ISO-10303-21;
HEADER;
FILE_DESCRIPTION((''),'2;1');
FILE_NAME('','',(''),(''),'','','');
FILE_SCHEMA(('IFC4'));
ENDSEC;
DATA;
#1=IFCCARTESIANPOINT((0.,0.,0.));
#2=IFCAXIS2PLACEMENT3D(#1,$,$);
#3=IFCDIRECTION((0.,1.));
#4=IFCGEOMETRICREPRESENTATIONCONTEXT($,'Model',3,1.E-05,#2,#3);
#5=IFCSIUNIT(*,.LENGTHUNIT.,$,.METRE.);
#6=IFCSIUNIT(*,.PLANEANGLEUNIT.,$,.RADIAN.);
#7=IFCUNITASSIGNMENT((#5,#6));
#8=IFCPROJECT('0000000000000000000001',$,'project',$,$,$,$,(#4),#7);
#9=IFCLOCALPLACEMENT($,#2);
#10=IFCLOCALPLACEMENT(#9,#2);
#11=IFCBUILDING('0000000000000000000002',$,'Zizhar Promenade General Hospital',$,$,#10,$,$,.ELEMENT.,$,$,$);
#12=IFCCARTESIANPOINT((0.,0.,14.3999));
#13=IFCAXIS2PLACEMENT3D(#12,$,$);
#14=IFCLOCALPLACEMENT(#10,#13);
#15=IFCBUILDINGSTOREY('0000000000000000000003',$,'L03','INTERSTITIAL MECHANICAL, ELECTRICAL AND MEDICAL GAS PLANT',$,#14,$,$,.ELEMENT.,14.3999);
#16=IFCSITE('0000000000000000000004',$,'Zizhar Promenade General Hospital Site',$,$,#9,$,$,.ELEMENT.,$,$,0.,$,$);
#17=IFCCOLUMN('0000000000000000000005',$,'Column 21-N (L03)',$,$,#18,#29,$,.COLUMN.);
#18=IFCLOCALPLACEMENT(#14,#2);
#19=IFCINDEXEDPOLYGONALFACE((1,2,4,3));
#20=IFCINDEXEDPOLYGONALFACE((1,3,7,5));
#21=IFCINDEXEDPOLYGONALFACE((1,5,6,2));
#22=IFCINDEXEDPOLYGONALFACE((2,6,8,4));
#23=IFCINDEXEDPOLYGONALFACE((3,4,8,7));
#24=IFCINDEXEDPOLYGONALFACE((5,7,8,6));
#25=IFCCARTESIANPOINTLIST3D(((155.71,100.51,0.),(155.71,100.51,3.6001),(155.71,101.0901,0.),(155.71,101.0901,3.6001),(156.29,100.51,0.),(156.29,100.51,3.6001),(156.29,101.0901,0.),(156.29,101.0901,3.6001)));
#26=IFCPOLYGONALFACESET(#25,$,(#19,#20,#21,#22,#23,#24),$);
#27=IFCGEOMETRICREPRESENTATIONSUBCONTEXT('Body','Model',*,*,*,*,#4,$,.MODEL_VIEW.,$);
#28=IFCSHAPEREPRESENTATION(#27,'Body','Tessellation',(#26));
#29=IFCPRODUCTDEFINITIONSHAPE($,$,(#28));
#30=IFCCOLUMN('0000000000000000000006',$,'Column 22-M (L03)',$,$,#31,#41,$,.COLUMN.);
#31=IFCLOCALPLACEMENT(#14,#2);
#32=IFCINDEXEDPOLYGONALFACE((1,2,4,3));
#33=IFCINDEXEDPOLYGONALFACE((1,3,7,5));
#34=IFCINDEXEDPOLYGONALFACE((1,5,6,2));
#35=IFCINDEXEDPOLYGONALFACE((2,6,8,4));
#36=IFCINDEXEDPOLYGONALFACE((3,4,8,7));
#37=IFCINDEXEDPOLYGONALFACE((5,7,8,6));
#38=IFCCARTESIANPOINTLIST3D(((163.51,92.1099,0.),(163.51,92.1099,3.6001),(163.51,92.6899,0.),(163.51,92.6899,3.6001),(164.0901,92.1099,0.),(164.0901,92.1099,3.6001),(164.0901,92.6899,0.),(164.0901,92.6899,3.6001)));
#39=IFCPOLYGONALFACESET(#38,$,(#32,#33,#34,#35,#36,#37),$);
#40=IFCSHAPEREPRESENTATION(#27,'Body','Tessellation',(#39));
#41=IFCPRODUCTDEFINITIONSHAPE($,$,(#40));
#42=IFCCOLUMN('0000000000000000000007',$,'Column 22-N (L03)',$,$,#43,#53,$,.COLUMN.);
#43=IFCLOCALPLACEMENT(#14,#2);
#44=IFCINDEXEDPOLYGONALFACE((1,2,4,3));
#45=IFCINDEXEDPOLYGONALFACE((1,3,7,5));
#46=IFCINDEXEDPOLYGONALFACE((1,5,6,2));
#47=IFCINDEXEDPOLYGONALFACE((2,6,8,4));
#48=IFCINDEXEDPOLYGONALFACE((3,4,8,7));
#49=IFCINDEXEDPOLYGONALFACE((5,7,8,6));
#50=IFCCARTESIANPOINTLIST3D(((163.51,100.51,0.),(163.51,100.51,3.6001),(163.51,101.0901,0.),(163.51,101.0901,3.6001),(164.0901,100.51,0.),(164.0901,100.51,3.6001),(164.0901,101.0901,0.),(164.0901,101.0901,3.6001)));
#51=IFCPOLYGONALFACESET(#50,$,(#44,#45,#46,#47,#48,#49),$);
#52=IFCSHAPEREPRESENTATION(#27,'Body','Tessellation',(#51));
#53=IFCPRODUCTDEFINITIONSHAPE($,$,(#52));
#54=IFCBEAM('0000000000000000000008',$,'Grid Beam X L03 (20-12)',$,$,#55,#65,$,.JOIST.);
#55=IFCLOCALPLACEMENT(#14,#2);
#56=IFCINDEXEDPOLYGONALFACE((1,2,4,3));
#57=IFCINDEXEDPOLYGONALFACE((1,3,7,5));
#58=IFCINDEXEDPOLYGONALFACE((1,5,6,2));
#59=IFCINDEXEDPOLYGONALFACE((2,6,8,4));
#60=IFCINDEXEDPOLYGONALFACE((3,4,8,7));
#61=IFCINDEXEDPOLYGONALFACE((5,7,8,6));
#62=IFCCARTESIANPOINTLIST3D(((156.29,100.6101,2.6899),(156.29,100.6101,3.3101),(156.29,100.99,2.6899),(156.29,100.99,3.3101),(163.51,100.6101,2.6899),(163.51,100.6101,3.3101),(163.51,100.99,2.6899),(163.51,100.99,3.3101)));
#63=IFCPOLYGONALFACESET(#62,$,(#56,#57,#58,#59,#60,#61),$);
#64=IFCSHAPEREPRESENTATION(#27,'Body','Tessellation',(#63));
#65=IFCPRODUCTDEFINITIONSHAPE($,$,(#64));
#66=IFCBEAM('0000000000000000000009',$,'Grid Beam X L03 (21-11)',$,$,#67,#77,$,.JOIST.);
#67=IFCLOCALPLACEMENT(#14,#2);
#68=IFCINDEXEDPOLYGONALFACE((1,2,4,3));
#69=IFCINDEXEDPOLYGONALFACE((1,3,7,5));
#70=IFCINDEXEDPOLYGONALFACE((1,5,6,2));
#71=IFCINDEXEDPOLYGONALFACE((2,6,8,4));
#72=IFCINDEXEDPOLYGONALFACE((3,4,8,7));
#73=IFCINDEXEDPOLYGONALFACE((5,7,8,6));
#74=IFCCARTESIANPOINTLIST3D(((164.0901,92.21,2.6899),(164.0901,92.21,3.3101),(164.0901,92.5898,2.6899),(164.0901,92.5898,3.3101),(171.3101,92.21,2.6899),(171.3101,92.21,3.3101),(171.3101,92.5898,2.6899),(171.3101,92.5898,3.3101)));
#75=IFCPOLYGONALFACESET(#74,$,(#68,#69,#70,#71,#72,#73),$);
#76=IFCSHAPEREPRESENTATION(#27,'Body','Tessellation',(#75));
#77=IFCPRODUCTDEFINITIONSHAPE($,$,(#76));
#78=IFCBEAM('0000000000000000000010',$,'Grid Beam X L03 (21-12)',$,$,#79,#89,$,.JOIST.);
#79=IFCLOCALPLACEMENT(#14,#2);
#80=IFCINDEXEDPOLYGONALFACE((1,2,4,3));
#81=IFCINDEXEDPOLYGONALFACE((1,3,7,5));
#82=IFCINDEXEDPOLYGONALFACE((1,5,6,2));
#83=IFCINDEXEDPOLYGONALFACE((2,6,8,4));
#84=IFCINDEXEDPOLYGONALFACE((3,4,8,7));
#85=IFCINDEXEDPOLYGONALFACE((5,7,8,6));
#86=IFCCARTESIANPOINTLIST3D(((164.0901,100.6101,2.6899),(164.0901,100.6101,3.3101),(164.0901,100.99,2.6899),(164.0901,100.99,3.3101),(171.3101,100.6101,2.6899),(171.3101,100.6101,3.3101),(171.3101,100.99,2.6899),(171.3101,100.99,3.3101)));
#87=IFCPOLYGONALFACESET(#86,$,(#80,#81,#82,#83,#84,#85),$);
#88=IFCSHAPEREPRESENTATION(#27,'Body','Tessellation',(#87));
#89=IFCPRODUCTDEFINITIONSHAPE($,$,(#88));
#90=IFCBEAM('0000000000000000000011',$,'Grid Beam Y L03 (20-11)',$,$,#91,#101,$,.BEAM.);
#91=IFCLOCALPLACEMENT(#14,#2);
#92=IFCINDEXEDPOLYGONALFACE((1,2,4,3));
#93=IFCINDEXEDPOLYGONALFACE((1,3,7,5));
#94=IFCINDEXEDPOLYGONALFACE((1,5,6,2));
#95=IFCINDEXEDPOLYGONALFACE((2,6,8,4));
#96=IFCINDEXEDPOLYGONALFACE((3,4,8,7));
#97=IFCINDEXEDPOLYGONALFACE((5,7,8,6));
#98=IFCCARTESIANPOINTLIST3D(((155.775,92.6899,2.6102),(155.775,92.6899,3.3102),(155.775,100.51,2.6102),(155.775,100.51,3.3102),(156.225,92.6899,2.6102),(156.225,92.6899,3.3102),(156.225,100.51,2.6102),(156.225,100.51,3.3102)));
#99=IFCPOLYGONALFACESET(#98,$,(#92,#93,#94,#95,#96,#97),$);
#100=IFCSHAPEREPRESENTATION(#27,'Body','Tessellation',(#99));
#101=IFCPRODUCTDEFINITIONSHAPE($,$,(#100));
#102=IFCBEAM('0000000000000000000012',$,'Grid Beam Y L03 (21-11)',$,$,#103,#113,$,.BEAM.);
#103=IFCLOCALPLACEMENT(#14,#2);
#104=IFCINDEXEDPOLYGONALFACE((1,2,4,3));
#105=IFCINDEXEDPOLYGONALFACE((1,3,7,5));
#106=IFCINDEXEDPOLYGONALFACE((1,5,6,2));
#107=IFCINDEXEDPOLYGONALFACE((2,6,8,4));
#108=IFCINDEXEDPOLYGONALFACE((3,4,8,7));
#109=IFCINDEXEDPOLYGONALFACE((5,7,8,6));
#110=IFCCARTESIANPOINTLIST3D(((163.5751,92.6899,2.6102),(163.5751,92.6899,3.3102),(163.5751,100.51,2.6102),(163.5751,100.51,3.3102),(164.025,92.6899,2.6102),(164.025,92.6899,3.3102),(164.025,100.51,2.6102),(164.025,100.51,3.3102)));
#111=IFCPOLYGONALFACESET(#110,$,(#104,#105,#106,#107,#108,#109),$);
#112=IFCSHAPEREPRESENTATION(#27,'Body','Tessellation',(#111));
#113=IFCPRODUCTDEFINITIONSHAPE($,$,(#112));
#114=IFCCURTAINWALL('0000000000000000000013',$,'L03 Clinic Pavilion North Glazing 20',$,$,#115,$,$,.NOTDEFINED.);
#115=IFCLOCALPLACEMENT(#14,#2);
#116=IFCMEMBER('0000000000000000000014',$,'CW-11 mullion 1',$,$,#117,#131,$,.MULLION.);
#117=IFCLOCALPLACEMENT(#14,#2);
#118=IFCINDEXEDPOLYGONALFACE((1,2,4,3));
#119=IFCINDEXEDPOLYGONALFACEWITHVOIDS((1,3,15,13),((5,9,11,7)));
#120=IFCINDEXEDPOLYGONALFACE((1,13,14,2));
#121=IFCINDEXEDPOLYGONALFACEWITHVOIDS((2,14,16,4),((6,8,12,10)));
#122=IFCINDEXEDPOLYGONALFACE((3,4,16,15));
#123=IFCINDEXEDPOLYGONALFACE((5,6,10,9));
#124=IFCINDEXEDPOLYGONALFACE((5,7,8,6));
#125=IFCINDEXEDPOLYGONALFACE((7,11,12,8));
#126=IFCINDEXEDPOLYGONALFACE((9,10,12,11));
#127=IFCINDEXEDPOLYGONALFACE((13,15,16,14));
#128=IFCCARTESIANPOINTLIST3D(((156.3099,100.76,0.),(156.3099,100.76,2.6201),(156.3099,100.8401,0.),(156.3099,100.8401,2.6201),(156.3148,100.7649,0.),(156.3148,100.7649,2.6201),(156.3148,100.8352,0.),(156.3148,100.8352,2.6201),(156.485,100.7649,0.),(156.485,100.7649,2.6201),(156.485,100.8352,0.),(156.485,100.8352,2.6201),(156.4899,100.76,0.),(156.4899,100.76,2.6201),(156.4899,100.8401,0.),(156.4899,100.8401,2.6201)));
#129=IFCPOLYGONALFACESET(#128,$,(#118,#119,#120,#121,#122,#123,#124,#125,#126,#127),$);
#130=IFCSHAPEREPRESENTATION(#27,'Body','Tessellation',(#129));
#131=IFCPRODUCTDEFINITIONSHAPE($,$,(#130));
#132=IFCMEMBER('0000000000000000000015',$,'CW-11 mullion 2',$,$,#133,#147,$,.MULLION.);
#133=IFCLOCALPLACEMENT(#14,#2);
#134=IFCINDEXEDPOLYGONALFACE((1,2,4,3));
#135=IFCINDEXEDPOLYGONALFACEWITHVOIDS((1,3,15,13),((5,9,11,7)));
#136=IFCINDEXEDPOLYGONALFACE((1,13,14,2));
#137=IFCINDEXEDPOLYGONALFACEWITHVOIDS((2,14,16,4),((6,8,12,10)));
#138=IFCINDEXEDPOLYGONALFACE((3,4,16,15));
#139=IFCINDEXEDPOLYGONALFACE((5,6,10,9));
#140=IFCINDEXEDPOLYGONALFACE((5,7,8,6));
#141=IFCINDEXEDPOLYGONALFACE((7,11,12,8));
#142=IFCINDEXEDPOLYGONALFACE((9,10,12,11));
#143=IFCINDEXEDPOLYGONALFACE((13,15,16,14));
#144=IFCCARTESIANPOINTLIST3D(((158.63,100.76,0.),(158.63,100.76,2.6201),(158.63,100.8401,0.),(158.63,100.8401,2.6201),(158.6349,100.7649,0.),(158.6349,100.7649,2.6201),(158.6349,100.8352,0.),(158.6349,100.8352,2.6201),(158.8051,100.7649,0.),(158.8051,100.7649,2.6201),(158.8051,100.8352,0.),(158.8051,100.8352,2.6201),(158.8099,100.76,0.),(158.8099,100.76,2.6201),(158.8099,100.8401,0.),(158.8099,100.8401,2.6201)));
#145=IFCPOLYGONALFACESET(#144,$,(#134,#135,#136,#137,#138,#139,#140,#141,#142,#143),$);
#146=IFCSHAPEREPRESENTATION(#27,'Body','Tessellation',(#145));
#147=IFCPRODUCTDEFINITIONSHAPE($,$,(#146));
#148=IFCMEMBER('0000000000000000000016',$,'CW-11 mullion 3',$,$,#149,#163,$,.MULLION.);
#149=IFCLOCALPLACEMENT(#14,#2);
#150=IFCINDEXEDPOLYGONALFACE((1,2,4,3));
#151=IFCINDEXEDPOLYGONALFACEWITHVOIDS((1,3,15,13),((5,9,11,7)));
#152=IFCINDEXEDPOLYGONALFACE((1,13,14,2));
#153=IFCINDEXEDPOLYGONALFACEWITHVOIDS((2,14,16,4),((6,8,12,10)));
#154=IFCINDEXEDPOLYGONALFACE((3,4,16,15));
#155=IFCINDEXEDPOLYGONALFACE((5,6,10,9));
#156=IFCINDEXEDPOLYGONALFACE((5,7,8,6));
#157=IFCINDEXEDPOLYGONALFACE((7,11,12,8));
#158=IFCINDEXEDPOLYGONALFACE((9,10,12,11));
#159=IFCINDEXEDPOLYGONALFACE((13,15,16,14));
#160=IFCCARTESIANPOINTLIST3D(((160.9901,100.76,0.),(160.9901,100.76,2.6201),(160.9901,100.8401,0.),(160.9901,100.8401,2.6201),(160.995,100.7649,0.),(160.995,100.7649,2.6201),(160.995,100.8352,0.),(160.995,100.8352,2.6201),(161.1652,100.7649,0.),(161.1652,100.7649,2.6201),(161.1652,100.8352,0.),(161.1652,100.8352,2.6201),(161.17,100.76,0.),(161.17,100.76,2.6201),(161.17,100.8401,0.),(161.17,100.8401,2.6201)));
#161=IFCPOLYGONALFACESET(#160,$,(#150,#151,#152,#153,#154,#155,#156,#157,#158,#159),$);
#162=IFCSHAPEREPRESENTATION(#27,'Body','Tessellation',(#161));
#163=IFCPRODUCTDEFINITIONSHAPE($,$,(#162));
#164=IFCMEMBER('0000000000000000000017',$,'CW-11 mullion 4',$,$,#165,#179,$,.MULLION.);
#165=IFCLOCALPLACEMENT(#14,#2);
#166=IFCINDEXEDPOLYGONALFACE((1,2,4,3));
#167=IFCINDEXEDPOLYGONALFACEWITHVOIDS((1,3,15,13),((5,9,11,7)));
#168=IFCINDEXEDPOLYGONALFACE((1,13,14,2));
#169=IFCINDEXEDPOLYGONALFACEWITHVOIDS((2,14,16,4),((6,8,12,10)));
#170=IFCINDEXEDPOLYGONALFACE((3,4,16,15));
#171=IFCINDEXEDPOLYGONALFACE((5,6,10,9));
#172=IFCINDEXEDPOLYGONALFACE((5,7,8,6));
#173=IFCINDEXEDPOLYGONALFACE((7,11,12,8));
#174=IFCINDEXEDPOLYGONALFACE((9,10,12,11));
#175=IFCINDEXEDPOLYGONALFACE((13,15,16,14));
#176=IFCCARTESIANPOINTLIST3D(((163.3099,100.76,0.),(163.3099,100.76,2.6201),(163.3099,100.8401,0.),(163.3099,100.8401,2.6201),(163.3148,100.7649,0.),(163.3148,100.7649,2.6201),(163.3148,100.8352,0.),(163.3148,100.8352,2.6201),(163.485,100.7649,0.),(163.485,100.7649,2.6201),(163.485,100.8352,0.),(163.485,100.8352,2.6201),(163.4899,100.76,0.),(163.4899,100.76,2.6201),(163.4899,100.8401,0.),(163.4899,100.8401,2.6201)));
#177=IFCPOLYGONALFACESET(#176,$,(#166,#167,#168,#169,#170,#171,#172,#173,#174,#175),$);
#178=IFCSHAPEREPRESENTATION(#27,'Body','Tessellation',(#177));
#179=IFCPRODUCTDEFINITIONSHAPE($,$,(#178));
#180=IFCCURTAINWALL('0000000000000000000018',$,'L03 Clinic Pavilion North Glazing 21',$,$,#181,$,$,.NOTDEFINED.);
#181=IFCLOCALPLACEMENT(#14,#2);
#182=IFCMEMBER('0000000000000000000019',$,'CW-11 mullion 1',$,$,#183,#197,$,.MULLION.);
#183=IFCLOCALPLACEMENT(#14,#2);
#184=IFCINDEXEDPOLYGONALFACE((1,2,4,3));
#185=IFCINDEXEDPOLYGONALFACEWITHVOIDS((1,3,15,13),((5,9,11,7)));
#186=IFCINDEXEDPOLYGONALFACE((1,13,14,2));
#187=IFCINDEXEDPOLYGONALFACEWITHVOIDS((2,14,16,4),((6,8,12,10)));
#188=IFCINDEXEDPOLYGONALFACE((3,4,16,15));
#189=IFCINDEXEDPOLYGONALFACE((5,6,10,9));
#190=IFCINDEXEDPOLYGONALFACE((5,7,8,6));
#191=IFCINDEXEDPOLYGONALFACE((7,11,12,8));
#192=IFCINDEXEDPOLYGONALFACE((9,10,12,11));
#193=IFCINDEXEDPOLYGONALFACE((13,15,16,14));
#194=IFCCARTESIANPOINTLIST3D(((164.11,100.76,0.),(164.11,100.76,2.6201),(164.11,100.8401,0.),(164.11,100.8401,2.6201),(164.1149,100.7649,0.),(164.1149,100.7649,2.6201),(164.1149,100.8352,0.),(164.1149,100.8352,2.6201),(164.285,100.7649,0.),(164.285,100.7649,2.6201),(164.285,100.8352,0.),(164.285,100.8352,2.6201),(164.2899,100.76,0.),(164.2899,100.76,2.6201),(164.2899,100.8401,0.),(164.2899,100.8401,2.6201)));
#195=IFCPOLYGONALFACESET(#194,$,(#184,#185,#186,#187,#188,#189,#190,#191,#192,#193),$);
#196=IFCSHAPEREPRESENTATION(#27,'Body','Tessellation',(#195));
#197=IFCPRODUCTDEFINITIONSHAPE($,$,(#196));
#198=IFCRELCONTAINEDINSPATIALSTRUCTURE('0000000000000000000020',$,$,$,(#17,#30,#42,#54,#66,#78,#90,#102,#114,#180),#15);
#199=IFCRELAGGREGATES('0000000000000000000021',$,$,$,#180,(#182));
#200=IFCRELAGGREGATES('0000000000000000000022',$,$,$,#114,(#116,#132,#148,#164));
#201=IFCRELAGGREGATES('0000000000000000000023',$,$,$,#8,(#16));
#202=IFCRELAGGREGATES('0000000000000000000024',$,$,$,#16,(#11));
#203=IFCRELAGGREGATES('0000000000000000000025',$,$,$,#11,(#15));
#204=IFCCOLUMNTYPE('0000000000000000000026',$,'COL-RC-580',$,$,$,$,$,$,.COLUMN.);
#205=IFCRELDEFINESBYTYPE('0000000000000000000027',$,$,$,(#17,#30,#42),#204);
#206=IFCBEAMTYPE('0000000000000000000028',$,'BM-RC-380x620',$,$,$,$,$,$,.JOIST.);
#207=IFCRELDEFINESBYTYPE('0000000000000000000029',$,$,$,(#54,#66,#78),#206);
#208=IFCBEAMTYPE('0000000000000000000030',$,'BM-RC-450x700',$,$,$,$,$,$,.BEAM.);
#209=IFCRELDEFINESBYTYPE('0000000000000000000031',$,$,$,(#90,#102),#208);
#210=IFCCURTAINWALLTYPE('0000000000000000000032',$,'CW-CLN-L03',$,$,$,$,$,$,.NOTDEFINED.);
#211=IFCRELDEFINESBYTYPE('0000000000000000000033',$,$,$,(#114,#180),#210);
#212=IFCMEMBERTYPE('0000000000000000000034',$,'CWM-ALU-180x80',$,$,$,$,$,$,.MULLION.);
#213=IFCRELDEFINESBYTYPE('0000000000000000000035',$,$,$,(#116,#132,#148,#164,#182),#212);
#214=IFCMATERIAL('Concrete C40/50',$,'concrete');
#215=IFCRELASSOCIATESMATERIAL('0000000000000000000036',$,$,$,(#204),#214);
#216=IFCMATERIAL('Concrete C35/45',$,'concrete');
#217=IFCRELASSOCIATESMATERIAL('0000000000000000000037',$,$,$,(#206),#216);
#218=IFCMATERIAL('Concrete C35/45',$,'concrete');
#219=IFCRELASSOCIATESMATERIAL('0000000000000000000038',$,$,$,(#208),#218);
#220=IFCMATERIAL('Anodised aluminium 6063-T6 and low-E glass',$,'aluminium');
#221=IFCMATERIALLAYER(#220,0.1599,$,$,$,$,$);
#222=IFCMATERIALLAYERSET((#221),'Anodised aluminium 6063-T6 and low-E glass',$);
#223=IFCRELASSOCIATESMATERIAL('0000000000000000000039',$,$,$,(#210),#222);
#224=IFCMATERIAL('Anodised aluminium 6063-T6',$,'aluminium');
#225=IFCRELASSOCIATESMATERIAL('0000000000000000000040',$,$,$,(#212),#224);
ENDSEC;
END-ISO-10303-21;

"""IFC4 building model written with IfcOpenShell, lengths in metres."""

from ifc_helpers import new_model, si_unit, direction, frame, origin, origin_2d, place, context, subcontext, project, spatial, rectangle, hollow_rectangle, extrude, material, layer, layer_set, material_profile, profile_set, type_object, element, aggregate, save


model = new_model("IFC4")

# Units and contexts
model_context = context("Model", 3, precision=1e-05, world=origin(), true_north=direction((0.0, 1.0)))
body_context = subcontext(model_context, "Body", "Model", "MODEL_VIEW")
ifc_project = project(units=[si_unit("LENGTHUNIT", "METRE"), si_unit("PLANEANGLEUNIT", "RADIAN")], contexts=[model_context])

# Site, building, storey
site_placement = place(None, origin())
site = spatial("IfcSite", under=ifc_project, at=site_placement, Name="Zizhar Promenade General Hospital Site", CompositionType="ELEMENT", RefElevation=0.0)
building_placement = place(site_placement, origin())
building = spatial("IfcBuilding", under=site, at=building_placement, Name="Zizhar Promenade General Hospital", CompositionType="ELEMENT")
storey_placement = place(building_placement, frame((0.0, 0.0, 14.3999)))
storey = spatial("IfcBuildingStorey", under=building, at=storey_placement, Name="L03", Description="INTERSTITIAL MECHANICAL, ELECTRICAL AND MEDICAL GAS PLANT", CompositionType="ELEMENT", Elevation=14.3999)

# Columns
ifc_material_1 = material(Name="Concrete C40/50", Category="concrete")
ifc_material_profile_1 = material_profile(ifc_material_1, rectangle(XDim=0.5801, YDim=0.5801, at=origin_2d()))
ifc_profile_set_1 = profile_set([ifc_material_profile_1], Name="Concrete C40/50")
column_type = type_object("IfcColumnType", Name="COL-RC-580", PredefinedType="COLUMN", material=ifc_profile_set_1)
for number, where, z_axis, x_axis, name in (
    (1, (156.0, 100.8, 0.0), (0.0, 0.0, 1.0), (1.0, 0.0, 0.0), "Column 21-N (L03)"),
    (2, (163.8, 92.3999, 0.0), (0.0, 0.0, 1.0), (1.0, 0.0, 0.0), "Column 22-M (L03)"),
    (3, (163.8, 100.8, 0.0), (0.0, 0.0, 1.0), (1.0, 0.0, 0.0), "Column 22-N (L03)"),
):
    element("IfcColumn", number, at=place(storey_placement, frame(where, z_axis=z_axis, x_axis=x_axis)), inside=storey, type_object=column_type, Name=name, PredefinedType="COLUMN", context=body_context, shape_type="SweptSolid", body=[
        extrude(rectangle(XDim=0.5801, YDim=0.5801, at=origin_2d()), origin(), (0.0, 0.0, 1.0), 3.6001),
    ])

# Beams
ifc_material_2 = material(Name="Concrete C35/45", Category="concrete")
ifc_material_profile_2 = material_profile(ifc_material_2, rectangle(XDim=0.3799, YDim=0.6201, at=origin_2d()))
ifc_profile_set_2 = profile_set([ifc_material_profile_2], Name="Concrete C35/45")
beam_type_1 = type_object("IfcBeamType", Name="BM-RC-380x620", PredefinedType="JOIST", material=ifc_profile_set_2)
for number, where, z_axis, x_axis, name in (
    (4, (156.29, 100.8, 3.0), (1.0, 0.0, 0.0), (0.0, 1.0, 0.0), "Grid Beam X L03 (20-12)"),
    (5, (164.0901, 92.3999, 3.0), (1.0, 0.0, 0.0), (0.0, 1.0, 0.0), "Grid Beam X L03 (21-11)"),
    (6, (164.0901, 100.8, 3.0), (1.0, 0.0, 0.0), (0.0, 1.0, 0.0), "Grid Beam X L03 (21-12)"),
):
    element("IfcBeam", number, at=place(storey_placement, frame(where, z_axis=z_axis, x_axis=x_axis)), inside=storey, type_object=beam_type_1, Name=name, PredefinedType="JOIST", context=body_context, shape_type="SweptSolid", body=[
        extrude(rectangle(XDim=0.3799, YDim=0.6201, at=origin_2d()), origin(), (0.0, 0.0, 1.0), 7.22),
    ])
ifc_material_3 = material(Name="Concrete C35/45", Category="concrete")
ifc_material_profile_3 = material_profile(ifc_material_3, rectangle(XDim=0.45, YDim=0.7, at=origin_2d()))
ifc_profile_set_3 = profile_set([ifc_material_profile_3], Name="Concrete C35/45")
beam_type_2 = type_object("IfcBeamType", Name="BM-RC-450x700", PredefinedType="BEAM", material=ifc_profile_set_3)
for number, where, z_axis, x_axis, name in (
    (7, (156.0, 92.6899, 2.9602), (0.0, 1.0, 0.0), (-1.0, 0.0, 0.0), "Grid Beam Y L03 (20-11)"),
    (8, (163.8, 92.6899, 2.9602), (0.0, 1.0, 0.0), (-1.0, 0.0, 0.0), "Grid Beam Y L03 (21-11)"),
):
    element("IfcBeam", number, at=place(storey_placement, frame(where, z_axis=z_axis, x_axis=x_axis)), inside=storey, type_object=beam_type_2, Name=name, PredefinedType="BEAM", context=body_context, shape_type="SweptSolid", body=[
        extrude(rectangle(XDim=0.45, YDim=0.7, at=origin_2d()), origin(), (0.0, 0.0, 1.0), 7.8201),
    ])

# Curtain wall, members
ifc_material_4 = material(Name="Anodised aluminium 6063-T6 and low-E glass", Category="aluminium")
ifc_layer_1 = layer(ifc_material_4, 0.1599)
ifc_layer_set_1 = layer_set([ifc_layer_1], Name="Anodised aluminium 6063-T6 and low-E glass")
curtain_wall_type_1 = type_object("IfcCurtainWallType", Name="CW-CLN-L03", PredefinedType="NOTDEFINED", material=ifc_layer_set_1)
curtain_wall_1_placement = place(storey_placement, origin())
curtain_wall_1 = element("IfcCurtainWall", 9, at=curtain_wall_1_placement, inside=storey, type_object=curtain_wall_type_1, Name="L03 Clinic Pavilion North Glazing 20", PredefinedType="NOTDEFINED")
ifc_material_5 = material(Name="Anodised aluminium 6063-T6", Category="aluminium")
ifc_material_profile_4 = material_profile(ifc_material_5, hollow_rectangle(XDim=0.0801, YDim=0.1799, WallThickness=0.0049, at=origin_2d()))
ifc_profile_set_4 = profile_set([ifc_material_profile_4], Name="Anodised aluminium 6063-T6")
member_type_1 = type_object("IfcMemberType", Name="CWM-ALU-180x80", PredefinedType="MULLION", material=ifc_profile_set_4)
member_1_placement = place(storey_placement, frame((156.3999, 100.8, 0.0), z_axis=(0.0, 0.0, 1.0), x_axis=(0.0, 1.0, 0.0)))
member_1 = element("IfcMember", 10, at=member_1_placement, type_object=member_type_1, Name="CW-11 mullion 1", PredefinedType="MULLION", context=body_context, shape_type="SweptSolid", body=[
    extrude(hollow_rectangle(XDim=0.0801, YDim=0.1799, WallThickness=0.0049, at=origin_2d()), origin(), (0.0, 0.0, 1.0), 2.6201),
])
member_2_placement = place(storey_placement, frame((158.72, 100.8, 0.0), z_axis=(0.0, 0.0, 1.0), x_axis=(0.0, 1.0, 0.0)))
member_2 = element("IfcMember", 11, at=member_2_placement, type_object=member_type_1, Name="CW-11 mullion 2", PredefinedType="MULLION", context=body_context, shape_type="SweptSolid", body=[
    extrude(hollow_rectangle(XDim=0.0801, YDim=0.1799, WallThickness=0.0049, at=origin_2d()), origin(), (0.0, 0.0, 1.0), 2.6201),
])
member_3_placement = place(storey_placement, frame((161.0801, 100.8, 0.0), z_axis=(0.0, 0.0, 1.0), x_axis=(0.0, 1.0, 0.0)))
member_3 = element("IfcMember", 12, at=member_3_placement, type_object=member_type_1, Name="CW-11 mullion 3", PredefinedType="MULLION", context=body_context, shape_type="SweptSolid", body=[
    extrude(hollow_rectangle(XDim=0.0801, YDim=0.1799, WallThickness=0.0049, at=origin_2d()), origin(), (0.0, 0.0, 1.0), 2.6201),
])
member_4_placement = place(storey_placement, frame((163.3999, 100.8, 0.0), z_axis=(0.0, 0.0, 1.0), x_axis=(0.0, 1.0, 0.0)))
member_4 = element("IfcMember", 13, at=member_4_placement, type_object=member_type_1, Name="CW-11 mullion 4", PredefinedType="MULLION", context=body_context, shape_type="SweptSolid", body=[
    extrude(hollow_rectangle(XDim=0.0801, YDim=0.1799, WallThickness=0.0049, at=origin_2d()), origin(), (0.0, 0.0, 1.0), 2.6201),
])

# Curtain wall, member
curtain_wall_2_placement = place(storey_placement, origin())
curtain_wall_2 = element("IfcCurtainWall", 14, at=curtain_wall_2_placement, inside=storey, type_object=curtain_wall_type_1, Name="L03 Clinic Pavilion North Glazing 21", PredefinedType="NOTDEFINED")
member_5_placement = place(storey_placement, frame((164.2, 100.8, 0.0), z_axis=(0.0, 0.0, 1.0), x_axis=(0.0, 1.0, 0.0)))
member_5 = element("IfcMember", 15, at=member_5_placement, type_object=member_type_1, Name="CW-11 mullion 1", PredefinedType="MULLION", context=body_context, shape_type="SweptSolid", body=[
    extrude(hollow_rectangle(XDim=0.0801, YDim=0.1799, WallThickness=0.0049, at=origin_2d()), origin(), (0.0, 0.0, 1.0), 2.6201),
])
aggregate(curtain_wall_2, [member_5])

aggregate(curtain_wall_1, [member_1, member_2, member_3, member_4])

save(model, "model.ifc")
